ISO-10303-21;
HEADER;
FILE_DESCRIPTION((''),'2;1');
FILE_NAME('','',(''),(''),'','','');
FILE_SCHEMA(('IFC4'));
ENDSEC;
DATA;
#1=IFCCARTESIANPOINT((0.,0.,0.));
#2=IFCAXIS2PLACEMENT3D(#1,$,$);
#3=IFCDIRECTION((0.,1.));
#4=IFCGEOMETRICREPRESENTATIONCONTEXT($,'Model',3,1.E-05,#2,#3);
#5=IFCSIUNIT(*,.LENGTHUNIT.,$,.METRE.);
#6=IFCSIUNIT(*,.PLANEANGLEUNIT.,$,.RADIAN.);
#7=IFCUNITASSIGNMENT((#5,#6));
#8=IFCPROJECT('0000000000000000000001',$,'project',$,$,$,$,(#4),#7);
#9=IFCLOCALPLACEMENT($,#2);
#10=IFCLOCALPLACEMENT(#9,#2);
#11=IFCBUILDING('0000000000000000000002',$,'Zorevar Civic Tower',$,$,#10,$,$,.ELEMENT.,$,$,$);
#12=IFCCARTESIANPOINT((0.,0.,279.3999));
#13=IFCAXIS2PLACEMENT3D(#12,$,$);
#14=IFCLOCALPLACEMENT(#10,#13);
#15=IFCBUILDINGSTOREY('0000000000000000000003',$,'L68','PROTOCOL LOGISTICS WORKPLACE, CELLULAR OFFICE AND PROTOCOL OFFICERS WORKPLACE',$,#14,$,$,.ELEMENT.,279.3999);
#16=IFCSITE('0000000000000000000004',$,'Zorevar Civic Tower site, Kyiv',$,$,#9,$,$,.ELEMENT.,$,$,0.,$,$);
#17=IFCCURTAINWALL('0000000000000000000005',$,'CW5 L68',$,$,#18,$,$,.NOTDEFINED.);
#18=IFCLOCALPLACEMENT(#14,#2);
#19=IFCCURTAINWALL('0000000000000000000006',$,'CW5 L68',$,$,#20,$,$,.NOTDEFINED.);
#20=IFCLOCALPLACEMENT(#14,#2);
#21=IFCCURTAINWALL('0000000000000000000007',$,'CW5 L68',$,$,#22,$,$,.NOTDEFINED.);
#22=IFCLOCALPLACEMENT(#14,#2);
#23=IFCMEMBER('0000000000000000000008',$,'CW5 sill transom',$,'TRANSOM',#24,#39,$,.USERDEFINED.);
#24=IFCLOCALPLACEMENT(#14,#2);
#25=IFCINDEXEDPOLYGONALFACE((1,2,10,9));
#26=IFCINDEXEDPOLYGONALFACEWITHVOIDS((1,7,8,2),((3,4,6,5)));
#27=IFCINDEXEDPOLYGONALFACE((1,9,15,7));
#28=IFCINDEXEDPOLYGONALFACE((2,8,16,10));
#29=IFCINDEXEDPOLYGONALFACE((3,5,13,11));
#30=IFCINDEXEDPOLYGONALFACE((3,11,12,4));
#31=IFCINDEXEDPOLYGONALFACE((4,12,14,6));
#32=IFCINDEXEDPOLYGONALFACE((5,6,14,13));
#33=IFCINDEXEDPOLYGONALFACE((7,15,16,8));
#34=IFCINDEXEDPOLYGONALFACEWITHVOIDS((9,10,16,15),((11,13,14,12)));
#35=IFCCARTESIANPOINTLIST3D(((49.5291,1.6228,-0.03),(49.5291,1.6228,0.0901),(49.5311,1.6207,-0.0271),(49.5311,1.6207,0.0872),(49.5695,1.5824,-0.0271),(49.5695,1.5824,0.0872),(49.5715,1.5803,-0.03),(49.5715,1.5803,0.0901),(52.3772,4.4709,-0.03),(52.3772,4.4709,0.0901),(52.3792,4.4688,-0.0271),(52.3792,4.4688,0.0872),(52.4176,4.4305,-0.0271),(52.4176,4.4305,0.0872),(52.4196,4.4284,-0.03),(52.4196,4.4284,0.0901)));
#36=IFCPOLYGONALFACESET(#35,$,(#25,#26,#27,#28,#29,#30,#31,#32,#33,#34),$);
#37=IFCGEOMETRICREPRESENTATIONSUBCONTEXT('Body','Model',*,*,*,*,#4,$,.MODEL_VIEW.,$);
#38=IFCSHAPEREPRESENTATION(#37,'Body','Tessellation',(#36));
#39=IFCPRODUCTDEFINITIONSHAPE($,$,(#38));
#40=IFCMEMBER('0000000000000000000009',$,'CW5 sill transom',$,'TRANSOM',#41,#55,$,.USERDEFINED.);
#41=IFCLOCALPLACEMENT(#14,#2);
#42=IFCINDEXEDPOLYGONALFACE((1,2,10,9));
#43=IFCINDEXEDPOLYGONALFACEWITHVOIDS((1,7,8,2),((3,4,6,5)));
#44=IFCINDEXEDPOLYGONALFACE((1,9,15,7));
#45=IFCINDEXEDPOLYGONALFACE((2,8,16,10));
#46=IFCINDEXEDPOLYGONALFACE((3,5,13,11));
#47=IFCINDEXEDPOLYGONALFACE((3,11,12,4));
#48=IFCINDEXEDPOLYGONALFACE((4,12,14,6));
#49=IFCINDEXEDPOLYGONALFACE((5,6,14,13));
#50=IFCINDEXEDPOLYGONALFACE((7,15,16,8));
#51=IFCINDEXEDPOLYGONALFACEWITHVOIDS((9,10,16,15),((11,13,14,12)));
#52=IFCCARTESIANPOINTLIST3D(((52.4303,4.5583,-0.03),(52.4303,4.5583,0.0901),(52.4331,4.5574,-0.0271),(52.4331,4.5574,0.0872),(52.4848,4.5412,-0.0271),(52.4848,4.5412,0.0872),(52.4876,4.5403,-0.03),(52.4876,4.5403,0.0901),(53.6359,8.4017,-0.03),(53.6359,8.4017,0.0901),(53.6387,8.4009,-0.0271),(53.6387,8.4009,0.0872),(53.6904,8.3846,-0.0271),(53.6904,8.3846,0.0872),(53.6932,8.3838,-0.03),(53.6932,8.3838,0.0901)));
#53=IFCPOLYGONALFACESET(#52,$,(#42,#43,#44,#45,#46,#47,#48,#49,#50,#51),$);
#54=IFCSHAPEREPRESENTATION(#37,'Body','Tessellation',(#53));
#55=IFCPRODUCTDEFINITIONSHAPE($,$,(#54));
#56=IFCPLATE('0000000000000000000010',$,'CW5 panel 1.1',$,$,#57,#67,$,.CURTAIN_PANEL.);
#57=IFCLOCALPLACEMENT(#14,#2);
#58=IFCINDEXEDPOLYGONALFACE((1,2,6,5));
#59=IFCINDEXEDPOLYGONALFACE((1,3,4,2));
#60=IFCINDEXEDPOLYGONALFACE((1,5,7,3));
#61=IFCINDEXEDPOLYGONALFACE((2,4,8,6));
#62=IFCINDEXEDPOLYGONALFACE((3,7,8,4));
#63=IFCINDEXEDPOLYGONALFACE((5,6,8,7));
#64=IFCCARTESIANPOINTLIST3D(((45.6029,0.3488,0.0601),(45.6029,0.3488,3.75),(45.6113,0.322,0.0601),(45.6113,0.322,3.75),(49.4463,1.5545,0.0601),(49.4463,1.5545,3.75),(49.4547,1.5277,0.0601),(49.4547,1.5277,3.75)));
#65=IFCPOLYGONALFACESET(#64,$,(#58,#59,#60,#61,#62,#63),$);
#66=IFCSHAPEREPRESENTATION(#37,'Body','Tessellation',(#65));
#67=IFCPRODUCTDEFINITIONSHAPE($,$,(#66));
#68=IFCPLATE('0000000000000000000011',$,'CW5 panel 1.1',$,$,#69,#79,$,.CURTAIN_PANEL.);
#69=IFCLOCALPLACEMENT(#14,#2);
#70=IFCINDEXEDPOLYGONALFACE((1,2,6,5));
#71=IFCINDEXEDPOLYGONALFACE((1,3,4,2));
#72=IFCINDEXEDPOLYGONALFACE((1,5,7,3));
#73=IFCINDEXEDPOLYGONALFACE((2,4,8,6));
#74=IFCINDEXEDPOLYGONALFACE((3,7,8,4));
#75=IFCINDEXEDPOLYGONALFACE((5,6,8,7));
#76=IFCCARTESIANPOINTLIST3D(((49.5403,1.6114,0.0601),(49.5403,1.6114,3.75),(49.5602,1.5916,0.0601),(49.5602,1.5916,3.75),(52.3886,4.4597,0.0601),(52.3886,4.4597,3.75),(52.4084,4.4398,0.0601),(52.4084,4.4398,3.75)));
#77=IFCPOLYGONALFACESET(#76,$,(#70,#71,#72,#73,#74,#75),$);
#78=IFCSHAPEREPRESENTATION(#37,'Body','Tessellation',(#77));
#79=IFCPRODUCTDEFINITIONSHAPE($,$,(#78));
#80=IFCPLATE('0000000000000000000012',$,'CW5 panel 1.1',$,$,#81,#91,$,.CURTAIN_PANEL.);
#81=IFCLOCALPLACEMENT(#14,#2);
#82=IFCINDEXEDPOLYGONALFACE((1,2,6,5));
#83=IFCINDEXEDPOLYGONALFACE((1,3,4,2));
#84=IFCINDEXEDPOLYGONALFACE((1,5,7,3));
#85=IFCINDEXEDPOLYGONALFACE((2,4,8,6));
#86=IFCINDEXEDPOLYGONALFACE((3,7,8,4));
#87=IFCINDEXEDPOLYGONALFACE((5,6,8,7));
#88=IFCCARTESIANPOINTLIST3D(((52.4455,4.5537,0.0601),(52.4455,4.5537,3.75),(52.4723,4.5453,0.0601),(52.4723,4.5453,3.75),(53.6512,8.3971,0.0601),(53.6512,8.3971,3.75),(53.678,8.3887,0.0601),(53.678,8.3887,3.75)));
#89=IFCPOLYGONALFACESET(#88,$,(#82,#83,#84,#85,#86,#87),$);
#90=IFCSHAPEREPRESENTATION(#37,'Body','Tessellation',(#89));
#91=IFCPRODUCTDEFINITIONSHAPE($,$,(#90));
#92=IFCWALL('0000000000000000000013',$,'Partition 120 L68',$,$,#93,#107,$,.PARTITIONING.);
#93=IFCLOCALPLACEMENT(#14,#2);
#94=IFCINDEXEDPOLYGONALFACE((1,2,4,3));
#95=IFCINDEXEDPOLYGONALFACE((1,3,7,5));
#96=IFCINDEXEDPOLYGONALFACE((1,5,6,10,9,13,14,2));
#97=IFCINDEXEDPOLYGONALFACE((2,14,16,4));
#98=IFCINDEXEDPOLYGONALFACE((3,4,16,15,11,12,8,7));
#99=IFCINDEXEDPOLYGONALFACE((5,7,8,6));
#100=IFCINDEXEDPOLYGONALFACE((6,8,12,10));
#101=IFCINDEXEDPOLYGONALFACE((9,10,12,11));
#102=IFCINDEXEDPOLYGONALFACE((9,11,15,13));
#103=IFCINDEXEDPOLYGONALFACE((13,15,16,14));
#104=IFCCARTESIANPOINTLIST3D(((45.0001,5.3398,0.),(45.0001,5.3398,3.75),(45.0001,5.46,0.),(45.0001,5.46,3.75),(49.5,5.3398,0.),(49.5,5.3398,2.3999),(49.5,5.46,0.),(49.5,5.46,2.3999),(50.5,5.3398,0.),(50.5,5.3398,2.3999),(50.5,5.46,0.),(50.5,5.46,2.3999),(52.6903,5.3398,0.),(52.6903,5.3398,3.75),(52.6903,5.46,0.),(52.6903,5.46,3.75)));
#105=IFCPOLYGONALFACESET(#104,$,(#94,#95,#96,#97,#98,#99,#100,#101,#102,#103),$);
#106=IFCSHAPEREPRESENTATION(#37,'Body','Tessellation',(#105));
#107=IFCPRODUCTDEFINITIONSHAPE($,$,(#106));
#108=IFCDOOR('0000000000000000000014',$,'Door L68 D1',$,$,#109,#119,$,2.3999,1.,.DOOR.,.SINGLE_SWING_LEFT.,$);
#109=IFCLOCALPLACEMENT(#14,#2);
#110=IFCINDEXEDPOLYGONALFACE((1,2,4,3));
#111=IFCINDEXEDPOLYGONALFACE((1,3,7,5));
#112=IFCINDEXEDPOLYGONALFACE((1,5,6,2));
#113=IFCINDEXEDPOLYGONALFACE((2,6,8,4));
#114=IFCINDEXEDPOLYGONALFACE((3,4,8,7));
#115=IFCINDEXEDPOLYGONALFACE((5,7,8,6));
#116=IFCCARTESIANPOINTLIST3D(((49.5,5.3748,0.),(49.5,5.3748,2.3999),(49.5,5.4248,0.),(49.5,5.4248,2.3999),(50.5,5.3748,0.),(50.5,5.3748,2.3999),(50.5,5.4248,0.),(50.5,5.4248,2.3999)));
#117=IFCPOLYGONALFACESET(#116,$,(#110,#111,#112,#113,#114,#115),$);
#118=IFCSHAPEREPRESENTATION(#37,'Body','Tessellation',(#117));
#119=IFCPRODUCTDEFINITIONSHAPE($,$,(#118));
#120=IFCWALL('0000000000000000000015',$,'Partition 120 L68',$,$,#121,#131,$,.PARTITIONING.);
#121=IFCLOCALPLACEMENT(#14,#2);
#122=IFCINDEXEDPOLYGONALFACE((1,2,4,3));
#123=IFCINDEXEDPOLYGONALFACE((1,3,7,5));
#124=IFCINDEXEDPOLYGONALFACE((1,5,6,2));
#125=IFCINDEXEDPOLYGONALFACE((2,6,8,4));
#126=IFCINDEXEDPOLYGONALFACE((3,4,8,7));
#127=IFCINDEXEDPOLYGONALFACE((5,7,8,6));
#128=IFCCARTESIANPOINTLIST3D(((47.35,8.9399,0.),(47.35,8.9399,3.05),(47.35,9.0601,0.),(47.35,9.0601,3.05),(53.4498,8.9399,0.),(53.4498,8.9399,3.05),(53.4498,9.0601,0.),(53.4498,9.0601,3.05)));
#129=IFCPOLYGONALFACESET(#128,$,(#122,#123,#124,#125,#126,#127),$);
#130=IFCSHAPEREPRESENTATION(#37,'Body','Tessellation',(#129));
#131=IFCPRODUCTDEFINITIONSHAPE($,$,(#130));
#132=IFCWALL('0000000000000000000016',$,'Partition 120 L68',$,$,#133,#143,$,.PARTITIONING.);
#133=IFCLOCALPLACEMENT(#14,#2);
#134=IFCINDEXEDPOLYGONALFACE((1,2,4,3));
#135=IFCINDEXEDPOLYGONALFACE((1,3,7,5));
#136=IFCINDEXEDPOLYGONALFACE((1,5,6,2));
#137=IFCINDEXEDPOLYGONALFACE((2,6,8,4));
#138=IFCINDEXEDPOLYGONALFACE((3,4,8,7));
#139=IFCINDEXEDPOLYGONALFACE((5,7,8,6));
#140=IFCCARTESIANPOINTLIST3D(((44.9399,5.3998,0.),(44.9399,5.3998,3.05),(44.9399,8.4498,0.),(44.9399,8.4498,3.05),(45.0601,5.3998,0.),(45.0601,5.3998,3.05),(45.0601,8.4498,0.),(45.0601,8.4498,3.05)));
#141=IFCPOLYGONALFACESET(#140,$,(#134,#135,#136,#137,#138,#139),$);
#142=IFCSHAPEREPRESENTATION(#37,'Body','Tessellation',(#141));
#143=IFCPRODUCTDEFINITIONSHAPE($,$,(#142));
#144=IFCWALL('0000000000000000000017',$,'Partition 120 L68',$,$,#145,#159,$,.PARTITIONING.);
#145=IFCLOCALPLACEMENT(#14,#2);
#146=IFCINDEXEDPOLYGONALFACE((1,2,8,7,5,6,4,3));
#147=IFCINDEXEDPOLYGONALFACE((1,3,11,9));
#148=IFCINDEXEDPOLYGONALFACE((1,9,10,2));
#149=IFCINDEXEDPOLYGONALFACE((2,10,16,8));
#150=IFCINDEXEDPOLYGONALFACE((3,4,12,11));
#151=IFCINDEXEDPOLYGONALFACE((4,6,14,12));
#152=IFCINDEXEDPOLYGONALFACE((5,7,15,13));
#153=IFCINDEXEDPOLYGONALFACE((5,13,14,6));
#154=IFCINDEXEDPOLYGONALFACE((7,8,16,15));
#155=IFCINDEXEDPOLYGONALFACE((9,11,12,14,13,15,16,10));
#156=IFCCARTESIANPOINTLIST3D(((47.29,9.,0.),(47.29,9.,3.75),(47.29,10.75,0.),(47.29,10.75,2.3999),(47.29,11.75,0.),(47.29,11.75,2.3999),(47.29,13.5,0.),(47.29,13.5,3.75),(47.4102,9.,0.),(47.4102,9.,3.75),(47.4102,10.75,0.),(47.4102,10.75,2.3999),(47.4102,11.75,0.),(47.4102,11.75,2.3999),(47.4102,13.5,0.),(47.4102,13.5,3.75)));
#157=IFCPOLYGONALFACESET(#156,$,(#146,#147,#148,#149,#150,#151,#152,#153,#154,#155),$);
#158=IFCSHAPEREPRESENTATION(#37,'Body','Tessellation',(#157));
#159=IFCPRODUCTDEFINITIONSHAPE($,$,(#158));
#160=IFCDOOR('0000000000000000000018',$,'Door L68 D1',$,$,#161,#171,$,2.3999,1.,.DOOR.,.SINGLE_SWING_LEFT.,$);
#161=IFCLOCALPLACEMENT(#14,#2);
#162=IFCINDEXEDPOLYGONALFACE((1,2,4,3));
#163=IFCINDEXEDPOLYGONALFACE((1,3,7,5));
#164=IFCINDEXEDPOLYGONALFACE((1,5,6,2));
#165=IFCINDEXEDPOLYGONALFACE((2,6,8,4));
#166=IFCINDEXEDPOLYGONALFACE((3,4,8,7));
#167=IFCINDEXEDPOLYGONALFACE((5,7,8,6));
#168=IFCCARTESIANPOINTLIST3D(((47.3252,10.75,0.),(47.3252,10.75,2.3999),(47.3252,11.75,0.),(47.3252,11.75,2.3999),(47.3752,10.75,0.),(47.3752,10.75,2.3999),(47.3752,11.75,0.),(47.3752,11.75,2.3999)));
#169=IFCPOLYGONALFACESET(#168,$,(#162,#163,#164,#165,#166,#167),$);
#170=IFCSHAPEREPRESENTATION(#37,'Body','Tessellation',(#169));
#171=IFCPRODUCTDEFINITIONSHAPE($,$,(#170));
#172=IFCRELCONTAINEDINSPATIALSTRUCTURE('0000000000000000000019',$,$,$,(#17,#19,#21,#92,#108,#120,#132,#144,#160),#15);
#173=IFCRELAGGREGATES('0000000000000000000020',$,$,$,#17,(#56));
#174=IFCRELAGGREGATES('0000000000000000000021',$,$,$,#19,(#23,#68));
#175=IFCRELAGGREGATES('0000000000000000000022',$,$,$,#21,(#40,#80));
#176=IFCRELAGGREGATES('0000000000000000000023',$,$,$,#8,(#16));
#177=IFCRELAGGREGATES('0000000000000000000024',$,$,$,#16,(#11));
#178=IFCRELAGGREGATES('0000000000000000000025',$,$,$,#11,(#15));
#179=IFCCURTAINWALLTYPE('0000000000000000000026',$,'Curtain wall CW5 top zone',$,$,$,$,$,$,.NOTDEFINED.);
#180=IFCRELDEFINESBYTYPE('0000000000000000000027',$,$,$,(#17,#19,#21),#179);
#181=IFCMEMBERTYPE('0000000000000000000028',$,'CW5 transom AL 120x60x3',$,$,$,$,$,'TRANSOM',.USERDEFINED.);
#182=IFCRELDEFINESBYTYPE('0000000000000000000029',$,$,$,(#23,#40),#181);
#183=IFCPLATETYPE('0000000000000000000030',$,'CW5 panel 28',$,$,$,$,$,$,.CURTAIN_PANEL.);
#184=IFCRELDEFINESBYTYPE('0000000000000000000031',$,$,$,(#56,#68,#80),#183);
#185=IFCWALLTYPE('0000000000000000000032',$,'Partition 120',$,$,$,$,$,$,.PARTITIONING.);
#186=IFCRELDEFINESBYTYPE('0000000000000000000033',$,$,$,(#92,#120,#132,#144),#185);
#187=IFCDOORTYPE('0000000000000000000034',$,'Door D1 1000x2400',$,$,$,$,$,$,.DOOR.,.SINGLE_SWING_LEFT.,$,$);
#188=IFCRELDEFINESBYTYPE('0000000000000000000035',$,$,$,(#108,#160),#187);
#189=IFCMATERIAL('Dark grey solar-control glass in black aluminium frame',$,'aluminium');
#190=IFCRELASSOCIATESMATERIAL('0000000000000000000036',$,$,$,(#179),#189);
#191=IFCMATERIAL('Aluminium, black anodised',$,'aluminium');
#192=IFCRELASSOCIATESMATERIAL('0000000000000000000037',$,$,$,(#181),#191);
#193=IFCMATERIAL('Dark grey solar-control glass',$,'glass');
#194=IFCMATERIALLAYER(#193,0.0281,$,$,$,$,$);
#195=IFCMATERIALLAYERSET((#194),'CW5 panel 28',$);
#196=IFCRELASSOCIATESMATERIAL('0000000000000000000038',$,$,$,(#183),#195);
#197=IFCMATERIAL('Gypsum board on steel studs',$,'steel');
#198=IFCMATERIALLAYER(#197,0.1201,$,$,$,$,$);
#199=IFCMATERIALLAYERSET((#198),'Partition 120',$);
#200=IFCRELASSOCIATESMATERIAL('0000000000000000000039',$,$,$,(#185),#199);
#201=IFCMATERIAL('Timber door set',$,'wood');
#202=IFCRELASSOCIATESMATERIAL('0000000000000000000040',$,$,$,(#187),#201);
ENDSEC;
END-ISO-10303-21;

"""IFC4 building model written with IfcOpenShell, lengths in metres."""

from ifc_helpers import new_model, si_unit, direction, frame, frame_2d, origin, origin_2d, place, context, subcontext, project, spatial, rectangle, hollow_rectangle, extrude, material, layer, layer_set, material_profile, profile_set, type_object, element, fill, aggregate, save


model = new_model("IFC4")

# Units and contexts
model_context = context("Model", 3, precision=1e-05, world=origin(), true_north=direction((0.0, 1.0)))
body_context = subcontext(model_context, "Body", "Model", "MODEL_VIEW")
ifc_project = project(units=[si_unit("LENGTHUNIT", "METRE"), si_unit("PLANEANGLEUNIT", "RADIAN")], contexts=[model_context])

# Site, building, storey
site_placement = place(None, origin())
site = spatial("IfcSite", under=ifc_project, at=site_placement, Name="Zorevar Civic Tower site, Kyiv", CompositionType="ELEMENT", RefElevation=0.0)
building_placement = place(site_placement, origin())
building = spatial("IfcBuilding", under=site, at=building_placement, Name="Zorevar Civic Tower", CompositionType="ELEMENT")
storey_placement = place(building_placement, frame((0.0, 0.0, 279.3999)))
storey = spatial("IfcBuildingStorey", under=building, at=storey_placement, Name="L68", Description="PROTOCOL LOGISTICS WORKPLACE, CELLULAR OFFICE AND PROTOCOL OFFICERS WORKPLACE", CompositionType="ELEMENT", Elevation=279.3999)

# Curtain walls
ifc_material_1 = material(Name="Dark grey solar-control glass in black aluminium frame", Category="aluminium")
curtain_wall_type = type_object("IfcCurtainWallType", Name="Curtain wall CW5 top zone", PredefinedType="NOTDEFINED", material=ifc_material_1)
curtain_wall_1_placement = place(storey_placement, origin())
curtain_wall_1 = element("IfcCurtainWall", 1, at=curtain_wall_1_placement, inside=storey, type_object=curtain_wall_type, Name="CW5 L68", PredefinedType="NOTDEFINED")
curtain_wall_2_placement = place(storey_placement, origin())
curtain_wall_2 = element("IfcCurtainWall", 2, at=curtain_wall_2_placement, inside=storey, type_object=curtain_wall_type, Name="CW5 L68", PredefinedType="NOTDEFINED")
curtain_wall_3_placement = place(storey_placement, origin())
curtain_wall_3 = element("IfcCurtainWall", 3, at=curtain_wall_3_placement, inside=storey, type_object=curtain_wall_type, Name="CW5 L68", PredefinedType="NOTDEFINED")

# Members
ifc_material_2 = material(Name="Aluminium, black anodised", Category="aluminium")
ifc_material_profile_1 = material_profile(ifc_material_2, hollow_rectangle(XDim=0.0601, YDim=0.1201, WallThickness=0.0029, at=origin_2d()), Name="AL 120x60x3")
ifc_profile_set_1 = profile_set([ifc_material_profile_1], Name="Aluminium, black anodised")
member_type_1 = type_object("IfcMemberType", Name="CW5 transom AL 120x60x3", ElementType="TRANSOM", PredefinedType="USERDEFINED", material=ifc_profile_set_1)
member_1_placement = place(storey_placement, frame((49.5503, 1.6016, 0.03), z_axis=(0.707107, 0.707107, 0.0), x_axis=(-0.707107, 0.707107, 0.0)))
member_1 = element("IfcMember", 4, at=member_1_placement, type_object=member_type_1, Name="CW5 sill transom", ObjectType="TRANSOM", PredefinedType="USERDEFINED", context=body_context, shape_type="SweptSolid", body=[
    extrude(hollow_rectangle(XDim=0.0601, YDim=0.1201, WallThickness=0.0029, at=origin_2d()), origin(), (0.0, 0.0, 1.0), 4.0278),
])
member_2_placement = place(storey_placement, frame((52.459, 4.5493, 0.03), z_axis=(0.299286, 0.954163, 0.0), x_axis=(-0.954163, 0.299286, 0.0)))
member_2 = element("IfcMember", 5, at=member_2_placement, type_object=member_type_1, Name="CW5 sill transom", ObjectType="TRANSOM", PredefinedType="USERDEFINED", context=body_context, shape_type="SweptSolid", body=[
    extrude(hollow_rectangle(XDim=0.0601, YDim=0.1201, WallThickness=0.0029, at=origin_2d()), origin(), (0.0, 0.0, 1.0), 4.0281),
])

# Plates
ifc_material_3 = material(Name="Dark grey solar-control glass", Category="glass")
ifc_layer_1 = layer(ifc_material_3, 0.0281)
ifc_layer_set_1 = layer_set([ifc_layer_1], Name="CW5 panel 28")
plate_type = type_object("IfcPlateType", Name="CW5 panel 28", PredefinedType="CURTAIN_PANEL", material=ifc_layer_set_1)
plate_1_placement = place(storey_placement, frame((47.5288, 0.9382, 0.0601), z_axis=(0.0, 0.0, 1.0), x_axis=(0.954153, 0.299318, 0.0)))
plate_1 = element("IfcPlate", 6, at=plate_1_placement, type_object=plate_type, Name="CW5 panel 1.1", PredefinedType="CURTAIN_PANEL", context=body_context, shape_type="SweptSolid", body=[
    extrude(rectangle(XDim=4.0281, YDim=0.0281, at=origin_2d()), origin(), (0.0, 0.0, 1.0), 3.6899),
])
aggregate(curtain_wall_1, [plate_1])
plate_2_placement = place(storey_placement, frame((50.9744, 3.0256, 0.0601), z_axis=(0.0, 0.0, 1.0), x_axis=(0.707107, 0.707107, 0.0)))
plate_2 = element("IfcPlate", 7, at=plate_2_placement, type_object=plate_type, Name="CW5 panel 1.1", PredefinedType="CURTAIN_PANEL", context=body_context, shape_type="SweptSolid", body=[
    extrude(rectangle(XDim=4.0281, YDim=0.0281, at=origin_2d()), origin(), (0.0, 0.0, 1.0), 3.6899),
])
aggregate(curtain_wall_2, [member_1, plate_2])
plate_3_placement = place(storey_placement, frame((53.0618, 6.4712, 0.0601), z_axis=(0.0, 0.0, 1.0), x_axis=(0.299318, 0.954153, 0.0)))
plate_3 = element("IfcPlate", 8, at=plate_3_placement, type_object=plate_type, Name="CW5 panel 1.1", PredefinedType="CURTAIN_PANEL", context=body_context, shape_type="SweptSolid", body=[
    extrude(rectangle(XDim=4.0281, YDim=0.0281, at=origin_2d()), origin(), (0.0, 0.0, 1.0), 3.6899),
])
aggregate(curtain_wall_3, [member_2, plate_3])

# Wall, opening, door
ifc_material_4 = material(Name="Gypsum board on steel studs", Category="steel")
ifc_layer_2 = layer(ifc_material_4, 0.1201)
ifc_layer_set_2 = layer_set([ifc_layer_2], Name="Partition 120")
wall_type = type_object("IfcWallType", Name="Partition 120", PredefinedType="PARTITIONING", material=ifc_layer_set_2)
wall_1_placement = place(storey_placement, frame((45.0, 5.3999, 0.0), z_axis=(0.0, 0.0, 1.0), x_axis=(1.0, 0.0, 0.0)))
wall_1 = element("IfcWall", 9, at=wall_1_placement, inside=storey, type_object=wall_type, Name="Partition 120 L68", PredefinedType="PARTITIONING", context=body_context, shape_type="SweptSolid", body=[
    extrude(rectangle(XDim=7.6902, YDim=0.1201, at=frame_2d((3.8452, 0.0))), origin(), (0.0, 0.0, 1.0), 3.75),
])
opening_1_placement = place(wall_1_placement, frame((4.5, 0.0, 0.0)))
opening_1 = element("IfcOpeningElement", 10, at=opening_1_placement, cuts=wall_1, PredefinedType="OPENING", context=body_context, shape_type="SweptSolid", body=[
    extrude(rectangle(XDim=1.0, YDim=2.3999, at=frame_2d((0.5, 1.2))), frame((0.0, 0.0701, 0.0), z_axis=(0.0, -1.0, 0.0), x_axis=(1.0, 0.0, 0.0)), (0.0, 0.0, 1.0), 0.1401),
])
ifc_material_5 = material(Name="Timber door set", Category="wood")
door_type = type_object("IfcDoorType", Name="Door D1 1000x2400", OperationType="SINGLE_SWING_LEFT", PredefinedType="DOOR", material=ifc_material_5)
door_1_placement = place(opening_1_placement, origin())
door_1 = element("IfcDoor", 11, at=door_1_placement, inside=storey, type_object=door_type, Name="Door L68 D1", OperationType="SINGLE_SWING_LEFT", OverallHeight=2.3999, OverallWidth=1.0, PredefinedType="DOOR", context=body_context, shape_type="SweptSolid", body=[
    extrude(rectangle(XDim=1.0, YDim=2.3999, at=frame_2d((0.5, 1.2))), frame((0.0, 0.0249, 0.0), z_axis=(0.0, -1.0, 0.0), x_axis=(1.0, 0.0, 0.0)), (0.0, 0.0, 1.0), 0.05),
])
fill(opening_1, door_1)

# Walls
wall_2_placement = place(storey_placement, frame((47.3501, 9.0, 0.0), z_axis=(0.0, 0.0, 1.0), x_axis=(1.0, 0.0, 0.0)))
element("IfcWall", 12, at=wall_2_placement, inside=storey, type_object=wall_type, Name="Partition 120 L68", PredefinedType="PARTITIONING", context=body_context, shape_type="SweptSolid", body=[
    extrude(rectangle(XDim=6.0999, YDim=0.1201, at=frame_2d((3.0498, 0.0))), origin(), (0.0, 0.0, 1.0), 3.05),
])
wall_3_placement = place(storey_placement, frame((45.0, 5.3999, 0.0), z_axis=(0.0, 0.0, 1.0), x_axis=(0.0, 1.0, 0.0)))
element("IfcWall", 13, at=wall_3_placement, inside=storey, type_object=wall_type, Name="Partition 120 L68", PredefinedType="PARTITIONING", context=body_context, shape_type="SweptSolid", body=[
    extrude(rectangle(XDim=3.05, YDim=0.1201, at=frame_2d((1.5249, 0.0))), origin(), (0.0, 0.0, 1.0), 3.05),
])

# Wall, opening, door
wall_4_placement = place(storey_placement, frame((47.3501, 9.0, 0.0), z_axis=(0.0, 0.0, 1.0), x_axis=(0.0, 1.0, 0.0)))
wall_4 = element("IfcWall", 14, at=wall_4_placement, inside=storey, type_object=wall_type, Name="Partition 120 L68", PredefinedType="PARTITIONING", context=body_context, shape_type="SweptSolid", body=[
    extrude(rectangle(XDim=4.5, YDim=0.1201, at=frame_2d((2.25, 0.0))), origin(), (0.0, 0.0, 1.0), 3.75),
])
opening_2_placement = place(wall_4_placement, frame((1.75, 0.0, 0.0)))
opening_2 = element("IfcOpeningElement", 15, at=opening_2_placement, cuts=wall_4, PredefinedType="OPENING", context=body_context, shape_type="SweptSolid", body=[
    extrude(rectangle(XDim=1.0, YDim=2.3999, at=frame_2d((0.5, 1.2))), frame((0.0, 0.0701, 0.0), z_axis=(0.0, -1.0, 0.0), x_axis=(1.0, 0.0, 0.0)), (0.0, 0.0, 1.0), 0.1401),
])
door_2_placement = place(opening_2_placement, origin())
door_2 = element("IfcDoor", 16, at=door_2_placement, inside=storey, type_object=door_type, Name="Door L68 D1", OperationType="SINGLE_SWING_LEFT", OverallHeight=2.3999, OverallWidth=1.0, PredefinedType="DOOR", context=body_context, shape_type="SweptSolid", body=[
    extrude(rectangle(XDim=1.0, YDim=2.3999, at=frame_2d((0.5, 1.2))), frame((0.0, 0.0249, 0.0), z_axis=(0.0, -1.0, 0.0), x_axis=(1.0, 0.0, 0.0)), (0.0, 0.0, 1.0), 0.05),
])
fill(opening_2, door_2)

save(model, "model.ifc")
